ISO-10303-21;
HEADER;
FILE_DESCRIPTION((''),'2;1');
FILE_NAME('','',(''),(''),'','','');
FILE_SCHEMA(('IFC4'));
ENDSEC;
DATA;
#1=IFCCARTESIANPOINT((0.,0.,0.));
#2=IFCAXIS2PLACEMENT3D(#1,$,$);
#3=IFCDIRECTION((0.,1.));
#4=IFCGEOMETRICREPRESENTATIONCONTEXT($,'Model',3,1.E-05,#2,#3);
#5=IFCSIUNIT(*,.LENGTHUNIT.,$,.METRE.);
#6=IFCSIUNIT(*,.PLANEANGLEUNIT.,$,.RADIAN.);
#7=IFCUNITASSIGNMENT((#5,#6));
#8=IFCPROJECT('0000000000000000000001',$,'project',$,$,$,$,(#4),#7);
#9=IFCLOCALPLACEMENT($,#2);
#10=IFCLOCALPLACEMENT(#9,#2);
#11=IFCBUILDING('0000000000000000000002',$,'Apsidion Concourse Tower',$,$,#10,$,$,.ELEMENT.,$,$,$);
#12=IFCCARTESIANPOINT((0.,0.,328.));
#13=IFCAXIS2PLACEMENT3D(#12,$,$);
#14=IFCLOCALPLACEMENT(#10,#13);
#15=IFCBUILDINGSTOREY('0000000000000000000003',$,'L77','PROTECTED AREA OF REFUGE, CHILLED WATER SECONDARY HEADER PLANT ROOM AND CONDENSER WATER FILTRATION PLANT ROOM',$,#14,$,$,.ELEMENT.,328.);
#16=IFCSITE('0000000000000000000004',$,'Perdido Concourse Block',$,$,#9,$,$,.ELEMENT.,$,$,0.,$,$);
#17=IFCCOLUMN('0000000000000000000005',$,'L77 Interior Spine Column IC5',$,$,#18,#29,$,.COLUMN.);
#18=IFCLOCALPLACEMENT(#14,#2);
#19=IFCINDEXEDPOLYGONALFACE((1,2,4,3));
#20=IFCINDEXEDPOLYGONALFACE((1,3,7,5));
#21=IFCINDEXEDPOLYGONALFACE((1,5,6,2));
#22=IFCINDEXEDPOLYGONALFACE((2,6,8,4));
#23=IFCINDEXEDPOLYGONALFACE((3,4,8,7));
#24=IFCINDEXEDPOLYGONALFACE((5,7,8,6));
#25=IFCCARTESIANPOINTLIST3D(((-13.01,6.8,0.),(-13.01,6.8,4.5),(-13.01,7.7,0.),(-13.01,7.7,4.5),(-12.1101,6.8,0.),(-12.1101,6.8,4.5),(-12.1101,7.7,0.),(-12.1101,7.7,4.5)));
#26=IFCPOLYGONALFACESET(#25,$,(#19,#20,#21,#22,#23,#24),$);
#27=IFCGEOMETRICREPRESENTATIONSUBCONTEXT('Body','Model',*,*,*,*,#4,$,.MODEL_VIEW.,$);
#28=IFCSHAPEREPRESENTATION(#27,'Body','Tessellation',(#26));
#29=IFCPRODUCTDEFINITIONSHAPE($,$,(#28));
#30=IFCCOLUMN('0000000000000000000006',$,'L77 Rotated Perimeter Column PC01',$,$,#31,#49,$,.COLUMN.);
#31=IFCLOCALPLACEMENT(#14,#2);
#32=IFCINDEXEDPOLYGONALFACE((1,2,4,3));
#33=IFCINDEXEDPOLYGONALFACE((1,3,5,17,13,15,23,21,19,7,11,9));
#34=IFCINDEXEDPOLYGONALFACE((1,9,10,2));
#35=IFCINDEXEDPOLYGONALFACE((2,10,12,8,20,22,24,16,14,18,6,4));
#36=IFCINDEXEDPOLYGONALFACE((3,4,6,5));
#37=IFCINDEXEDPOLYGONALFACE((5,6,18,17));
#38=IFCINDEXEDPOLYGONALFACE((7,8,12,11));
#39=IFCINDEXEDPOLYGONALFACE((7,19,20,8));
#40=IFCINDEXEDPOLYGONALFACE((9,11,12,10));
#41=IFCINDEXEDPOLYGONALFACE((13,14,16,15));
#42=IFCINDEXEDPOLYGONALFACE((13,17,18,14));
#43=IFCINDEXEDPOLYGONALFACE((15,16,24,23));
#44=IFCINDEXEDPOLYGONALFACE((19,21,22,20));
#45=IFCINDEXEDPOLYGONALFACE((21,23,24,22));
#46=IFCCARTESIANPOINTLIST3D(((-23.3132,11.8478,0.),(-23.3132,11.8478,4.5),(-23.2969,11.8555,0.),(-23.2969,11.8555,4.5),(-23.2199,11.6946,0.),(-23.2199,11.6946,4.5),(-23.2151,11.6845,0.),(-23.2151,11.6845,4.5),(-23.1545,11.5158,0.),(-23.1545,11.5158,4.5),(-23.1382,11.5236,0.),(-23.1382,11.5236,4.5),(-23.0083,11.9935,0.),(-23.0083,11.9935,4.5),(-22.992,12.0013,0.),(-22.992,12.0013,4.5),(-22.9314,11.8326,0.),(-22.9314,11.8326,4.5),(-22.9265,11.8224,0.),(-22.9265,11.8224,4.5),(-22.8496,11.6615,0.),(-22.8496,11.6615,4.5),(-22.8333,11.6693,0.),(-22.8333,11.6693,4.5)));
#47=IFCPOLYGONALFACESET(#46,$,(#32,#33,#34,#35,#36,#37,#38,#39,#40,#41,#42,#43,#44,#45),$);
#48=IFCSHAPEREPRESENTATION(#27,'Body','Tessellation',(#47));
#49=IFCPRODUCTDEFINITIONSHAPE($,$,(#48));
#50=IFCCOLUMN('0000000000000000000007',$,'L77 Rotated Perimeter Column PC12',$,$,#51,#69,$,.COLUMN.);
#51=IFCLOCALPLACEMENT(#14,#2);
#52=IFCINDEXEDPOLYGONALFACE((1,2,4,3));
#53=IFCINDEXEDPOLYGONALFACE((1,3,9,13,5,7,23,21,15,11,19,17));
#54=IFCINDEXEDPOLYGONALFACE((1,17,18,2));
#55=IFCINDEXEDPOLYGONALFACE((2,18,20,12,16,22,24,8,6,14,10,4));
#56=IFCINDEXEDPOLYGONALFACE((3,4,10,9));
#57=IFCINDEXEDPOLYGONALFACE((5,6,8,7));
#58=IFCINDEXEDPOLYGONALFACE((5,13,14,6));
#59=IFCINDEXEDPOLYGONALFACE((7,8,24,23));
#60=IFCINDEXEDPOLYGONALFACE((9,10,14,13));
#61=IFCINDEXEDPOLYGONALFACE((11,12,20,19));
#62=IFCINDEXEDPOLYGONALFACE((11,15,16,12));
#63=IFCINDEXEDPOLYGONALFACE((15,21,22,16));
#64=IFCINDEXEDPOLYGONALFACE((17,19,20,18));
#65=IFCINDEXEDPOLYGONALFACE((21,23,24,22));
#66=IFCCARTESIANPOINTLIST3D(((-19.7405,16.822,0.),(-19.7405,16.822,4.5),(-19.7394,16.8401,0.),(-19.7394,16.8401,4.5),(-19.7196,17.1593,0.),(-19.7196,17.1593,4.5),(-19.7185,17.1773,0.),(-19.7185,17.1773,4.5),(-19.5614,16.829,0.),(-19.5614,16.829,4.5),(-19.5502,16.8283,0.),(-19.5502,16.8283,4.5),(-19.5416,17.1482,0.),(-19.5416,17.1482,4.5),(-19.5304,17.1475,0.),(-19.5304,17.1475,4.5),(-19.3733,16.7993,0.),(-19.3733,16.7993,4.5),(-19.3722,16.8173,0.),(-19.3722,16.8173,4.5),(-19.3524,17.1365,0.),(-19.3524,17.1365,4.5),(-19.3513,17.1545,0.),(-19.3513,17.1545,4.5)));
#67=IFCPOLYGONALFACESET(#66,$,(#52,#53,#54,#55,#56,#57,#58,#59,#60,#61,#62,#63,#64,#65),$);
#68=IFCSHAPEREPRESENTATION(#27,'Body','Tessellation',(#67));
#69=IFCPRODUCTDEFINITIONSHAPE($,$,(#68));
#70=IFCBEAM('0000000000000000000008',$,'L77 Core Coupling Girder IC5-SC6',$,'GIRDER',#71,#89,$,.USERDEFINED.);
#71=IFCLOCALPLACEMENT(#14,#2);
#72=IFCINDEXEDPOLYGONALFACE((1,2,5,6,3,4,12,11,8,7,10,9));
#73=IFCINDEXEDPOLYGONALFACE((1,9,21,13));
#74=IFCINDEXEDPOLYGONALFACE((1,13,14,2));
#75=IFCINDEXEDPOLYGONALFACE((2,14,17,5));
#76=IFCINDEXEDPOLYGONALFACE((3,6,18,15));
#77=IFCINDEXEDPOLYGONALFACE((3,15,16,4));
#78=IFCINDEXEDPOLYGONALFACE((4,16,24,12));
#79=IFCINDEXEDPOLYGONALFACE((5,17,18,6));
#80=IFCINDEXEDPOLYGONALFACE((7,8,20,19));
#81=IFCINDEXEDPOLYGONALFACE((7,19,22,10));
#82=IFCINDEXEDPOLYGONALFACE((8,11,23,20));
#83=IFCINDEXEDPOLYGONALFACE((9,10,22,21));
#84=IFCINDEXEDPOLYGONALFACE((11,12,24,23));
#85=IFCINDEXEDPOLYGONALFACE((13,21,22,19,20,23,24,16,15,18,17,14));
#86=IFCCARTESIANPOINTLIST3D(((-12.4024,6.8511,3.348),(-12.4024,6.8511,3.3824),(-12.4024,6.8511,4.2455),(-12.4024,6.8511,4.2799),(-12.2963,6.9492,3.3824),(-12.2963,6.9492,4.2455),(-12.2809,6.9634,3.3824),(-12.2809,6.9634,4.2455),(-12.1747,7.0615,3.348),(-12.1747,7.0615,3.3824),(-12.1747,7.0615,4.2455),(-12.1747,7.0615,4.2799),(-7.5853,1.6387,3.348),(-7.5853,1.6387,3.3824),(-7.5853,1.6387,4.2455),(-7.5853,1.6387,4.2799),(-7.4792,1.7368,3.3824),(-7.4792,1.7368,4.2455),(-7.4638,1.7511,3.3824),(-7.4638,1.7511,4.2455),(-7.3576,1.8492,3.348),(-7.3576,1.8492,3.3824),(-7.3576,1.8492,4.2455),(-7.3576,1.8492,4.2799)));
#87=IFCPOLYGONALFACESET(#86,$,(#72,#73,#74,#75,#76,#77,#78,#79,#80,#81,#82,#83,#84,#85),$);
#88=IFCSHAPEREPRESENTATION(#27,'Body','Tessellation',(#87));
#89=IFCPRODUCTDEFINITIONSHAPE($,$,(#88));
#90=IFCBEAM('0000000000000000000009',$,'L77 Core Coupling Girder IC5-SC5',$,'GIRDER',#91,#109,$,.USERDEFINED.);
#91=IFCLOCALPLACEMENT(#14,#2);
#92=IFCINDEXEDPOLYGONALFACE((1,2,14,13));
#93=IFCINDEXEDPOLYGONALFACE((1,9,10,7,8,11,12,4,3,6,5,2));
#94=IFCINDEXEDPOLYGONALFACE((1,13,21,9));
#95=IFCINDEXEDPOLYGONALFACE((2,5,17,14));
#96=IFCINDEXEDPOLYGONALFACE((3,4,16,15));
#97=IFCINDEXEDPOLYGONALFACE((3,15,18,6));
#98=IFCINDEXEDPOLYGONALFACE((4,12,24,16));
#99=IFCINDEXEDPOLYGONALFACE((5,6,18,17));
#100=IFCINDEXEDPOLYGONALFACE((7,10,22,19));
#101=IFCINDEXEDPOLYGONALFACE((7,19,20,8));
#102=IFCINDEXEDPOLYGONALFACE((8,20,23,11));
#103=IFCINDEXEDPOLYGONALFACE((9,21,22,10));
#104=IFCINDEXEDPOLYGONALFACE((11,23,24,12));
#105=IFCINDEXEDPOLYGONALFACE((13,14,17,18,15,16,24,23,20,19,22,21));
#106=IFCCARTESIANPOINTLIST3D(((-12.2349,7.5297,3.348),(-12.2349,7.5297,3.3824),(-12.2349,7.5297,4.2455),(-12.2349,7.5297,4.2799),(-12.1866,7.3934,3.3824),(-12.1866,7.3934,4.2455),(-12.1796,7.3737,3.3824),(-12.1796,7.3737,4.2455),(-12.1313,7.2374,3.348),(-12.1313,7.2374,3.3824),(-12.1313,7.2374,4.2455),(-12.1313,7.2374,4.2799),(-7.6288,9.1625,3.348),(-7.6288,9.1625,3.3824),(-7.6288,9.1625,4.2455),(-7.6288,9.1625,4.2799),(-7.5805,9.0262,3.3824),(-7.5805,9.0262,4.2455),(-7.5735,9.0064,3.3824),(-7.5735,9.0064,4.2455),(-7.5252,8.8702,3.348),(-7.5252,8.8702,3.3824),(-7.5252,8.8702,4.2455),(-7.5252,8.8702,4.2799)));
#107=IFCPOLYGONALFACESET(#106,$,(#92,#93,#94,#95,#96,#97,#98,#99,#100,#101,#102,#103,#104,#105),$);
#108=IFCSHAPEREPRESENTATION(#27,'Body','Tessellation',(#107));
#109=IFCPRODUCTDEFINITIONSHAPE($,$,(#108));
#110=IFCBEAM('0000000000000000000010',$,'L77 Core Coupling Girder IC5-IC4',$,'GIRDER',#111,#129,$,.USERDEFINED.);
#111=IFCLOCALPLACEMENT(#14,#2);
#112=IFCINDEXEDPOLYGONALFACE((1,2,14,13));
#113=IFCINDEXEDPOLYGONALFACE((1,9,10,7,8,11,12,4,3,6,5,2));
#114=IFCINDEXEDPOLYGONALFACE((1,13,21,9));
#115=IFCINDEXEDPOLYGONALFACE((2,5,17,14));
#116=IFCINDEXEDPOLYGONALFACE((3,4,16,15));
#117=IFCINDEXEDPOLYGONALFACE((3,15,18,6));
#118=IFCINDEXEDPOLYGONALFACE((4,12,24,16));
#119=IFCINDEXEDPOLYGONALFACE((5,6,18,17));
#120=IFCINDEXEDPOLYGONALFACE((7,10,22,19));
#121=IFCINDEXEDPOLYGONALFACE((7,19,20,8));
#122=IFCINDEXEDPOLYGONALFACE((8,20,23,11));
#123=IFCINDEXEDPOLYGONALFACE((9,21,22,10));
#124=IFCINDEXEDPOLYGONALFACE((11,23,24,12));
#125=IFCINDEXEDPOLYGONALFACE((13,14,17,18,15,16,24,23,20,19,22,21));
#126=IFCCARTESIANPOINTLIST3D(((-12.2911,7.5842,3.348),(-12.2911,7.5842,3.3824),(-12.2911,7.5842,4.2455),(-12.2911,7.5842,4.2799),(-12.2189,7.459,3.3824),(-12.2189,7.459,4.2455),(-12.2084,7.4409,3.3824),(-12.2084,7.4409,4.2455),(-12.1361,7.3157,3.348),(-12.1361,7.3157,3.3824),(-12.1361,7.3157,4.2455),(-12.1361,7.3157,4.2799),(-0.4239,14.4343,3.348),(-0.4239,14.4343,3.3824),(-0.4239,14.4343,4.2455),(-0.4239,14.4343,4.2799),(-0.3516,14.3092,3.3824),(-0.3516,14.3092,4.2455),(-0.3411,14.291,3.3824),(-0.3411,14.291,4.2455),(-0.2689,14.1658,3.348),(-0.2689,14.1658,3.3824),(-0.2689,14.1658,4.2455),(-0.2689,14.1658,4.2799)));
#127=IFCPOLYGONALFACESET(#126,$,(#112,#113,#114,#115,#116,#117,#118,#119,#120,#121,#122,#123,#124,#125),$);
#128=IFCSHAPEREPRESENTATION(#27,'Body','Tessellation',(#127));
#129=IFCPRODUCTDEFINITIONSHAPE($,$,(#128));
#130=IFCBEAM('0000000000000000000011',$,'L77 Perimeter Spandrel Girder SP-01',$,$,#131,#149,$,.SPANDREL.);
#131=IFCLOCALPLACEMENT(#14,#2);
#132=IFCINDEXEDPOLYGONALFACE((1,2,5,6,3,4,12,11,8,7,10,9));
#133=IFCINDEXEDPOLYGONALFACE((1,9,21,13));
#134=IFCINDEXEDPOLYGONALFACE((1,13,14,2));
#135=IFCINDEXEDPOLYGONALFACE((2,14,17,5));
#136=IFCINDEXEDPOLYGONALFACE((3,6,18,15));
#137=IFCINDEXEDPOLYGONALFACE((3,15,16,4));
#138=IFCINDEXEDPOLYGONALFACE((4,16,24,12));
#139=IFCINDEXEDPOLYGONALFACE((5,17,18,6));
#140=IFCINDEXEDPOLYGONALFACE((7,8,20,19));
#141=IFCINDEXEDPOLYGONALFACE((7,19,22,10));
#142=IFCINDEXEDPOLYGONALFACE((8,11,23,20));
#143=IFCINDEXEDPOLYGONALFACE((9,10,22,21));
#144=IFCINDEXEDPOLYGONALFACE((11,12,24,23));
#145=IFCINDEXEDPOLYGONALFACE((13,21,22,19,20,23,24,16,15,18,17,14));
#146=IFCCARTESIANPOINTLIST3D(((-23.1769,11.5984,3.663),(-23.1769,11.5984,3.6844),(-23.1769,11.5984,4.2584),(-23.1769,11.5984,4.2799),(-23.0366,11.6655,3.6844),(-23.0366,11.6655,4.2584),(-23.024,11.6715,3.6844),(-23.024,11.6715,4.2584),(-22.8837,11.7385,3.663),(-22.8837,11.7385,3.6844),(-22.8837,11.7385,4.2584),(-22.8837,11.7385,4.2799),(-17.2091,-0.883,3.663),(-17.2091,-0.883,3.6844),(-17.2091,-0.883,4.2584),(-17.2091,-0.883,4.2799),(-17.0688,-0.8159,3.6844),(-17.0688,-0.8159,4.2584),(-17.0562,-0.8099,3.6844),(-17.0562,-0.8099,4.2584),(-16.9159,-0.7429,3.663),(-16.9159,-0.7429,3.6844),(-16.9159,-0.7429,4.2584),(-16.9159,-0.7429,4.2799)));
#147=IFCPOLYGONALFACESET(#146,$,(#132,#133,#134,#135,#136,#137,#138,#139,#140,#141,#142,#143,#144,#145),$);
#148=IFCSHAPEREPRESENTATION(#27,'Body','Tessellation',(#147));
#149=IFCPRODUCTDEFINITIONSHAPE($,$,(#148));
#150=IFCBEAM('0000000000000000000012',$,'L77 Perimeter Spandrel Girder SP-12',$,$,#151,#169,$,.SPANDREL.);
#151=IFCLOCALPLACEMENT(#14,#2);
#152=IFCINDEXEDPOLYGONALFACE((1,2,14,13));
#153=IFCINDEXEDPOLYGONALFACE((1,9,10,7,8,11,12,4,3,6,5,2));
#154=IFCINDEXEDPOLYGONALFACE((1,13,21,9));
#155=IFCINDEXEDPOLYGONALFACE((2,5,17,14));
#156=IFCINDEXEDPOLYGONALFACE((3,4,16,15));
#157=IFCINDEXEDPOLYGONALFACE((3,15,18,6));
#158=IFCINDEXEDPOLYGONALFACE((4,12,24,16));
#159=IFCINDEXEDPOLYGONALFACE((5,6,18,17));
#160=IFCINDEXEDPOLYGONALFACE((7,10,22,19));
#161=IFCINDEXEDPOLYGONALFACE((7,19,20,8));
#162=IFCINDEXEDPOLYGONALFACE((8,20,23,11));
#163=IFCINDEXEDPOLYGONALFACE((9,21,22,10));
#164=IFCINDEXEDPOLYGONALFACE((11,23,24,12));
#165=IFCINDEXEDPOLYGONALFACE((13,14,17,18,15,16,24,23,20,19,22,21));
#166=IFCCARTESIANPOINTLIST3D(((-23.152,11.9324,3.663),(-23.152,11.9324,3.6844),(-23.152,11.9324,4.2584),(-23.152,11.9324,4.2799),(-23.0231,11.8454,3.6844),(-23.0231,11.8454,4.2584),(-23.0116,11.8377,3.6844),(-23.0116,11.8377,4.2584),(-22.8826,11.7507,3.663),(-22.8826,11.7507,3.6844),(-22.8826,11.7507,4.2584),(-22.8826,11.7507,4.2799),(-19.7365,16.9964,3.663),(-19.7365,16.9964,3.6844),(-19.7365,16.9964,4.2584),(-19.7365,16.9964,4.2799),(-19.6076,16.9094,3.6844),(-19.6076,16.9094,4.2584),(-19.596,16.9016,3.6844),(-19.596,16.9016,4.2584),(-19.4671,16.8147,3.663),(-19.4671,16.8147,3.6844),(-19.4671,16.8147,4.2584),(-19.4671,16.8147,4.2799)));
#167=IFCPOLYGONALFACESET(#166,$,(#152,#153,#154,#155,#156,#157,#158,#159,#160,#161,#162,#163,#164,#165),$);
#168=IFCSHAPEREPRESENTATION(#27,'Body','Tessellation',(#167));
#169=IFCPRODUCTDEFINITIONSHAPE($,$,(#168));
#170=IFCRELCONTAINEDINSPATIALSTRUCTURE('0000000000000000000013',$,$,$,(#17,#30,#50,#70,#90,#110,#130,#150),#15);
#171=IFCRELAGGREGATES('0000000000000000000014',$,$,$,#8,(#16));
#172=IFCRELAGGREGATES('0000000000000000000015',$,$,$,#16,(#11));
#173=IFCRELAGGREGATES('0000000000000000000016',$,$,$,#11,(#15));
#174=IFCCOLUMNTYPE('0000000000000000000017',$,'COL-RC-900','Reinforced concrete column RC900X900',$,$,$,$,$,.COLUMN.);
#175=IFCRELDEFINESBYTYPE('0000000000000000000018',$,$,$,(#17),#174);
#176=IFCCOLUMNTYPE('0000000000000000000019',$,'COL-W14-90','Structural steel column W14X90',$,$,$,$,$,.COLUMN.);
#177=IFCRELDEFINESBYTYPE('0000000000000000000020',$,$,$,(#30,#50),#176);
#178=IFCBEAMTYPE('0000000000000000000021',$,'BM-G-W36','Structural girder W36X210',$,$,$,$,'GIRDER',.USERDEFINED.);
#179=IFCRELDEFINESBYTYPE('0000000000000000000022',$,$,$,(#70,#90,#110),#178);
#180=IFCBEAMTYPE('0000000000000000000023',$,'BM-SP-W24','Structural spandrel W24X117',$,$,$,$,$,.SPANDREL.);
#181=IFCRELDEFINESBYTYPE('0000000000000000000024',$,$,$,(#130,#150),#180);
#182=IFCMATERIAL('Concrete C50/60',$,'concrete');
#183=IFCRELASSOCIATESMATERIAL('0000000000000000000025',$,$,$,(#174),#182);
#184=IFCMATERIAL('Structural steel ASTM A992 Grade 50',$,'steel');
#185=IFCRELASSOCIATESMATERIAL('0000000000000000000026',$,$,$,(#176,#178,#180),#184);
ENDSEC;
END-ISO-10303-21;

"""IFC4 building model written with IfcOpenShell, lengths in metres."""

from ifc_helpers import new_model, si_unit, direction, frame, origin, origin_2d, place, context, subcontext, project, spatial, rectangle, i_section, extrude, material, material_profile, profile_set, type_object, element, save


model = new_model("IFC4")

# Units and contexts
model_context = context("Model", 3, precision=1e-05, world=origin(), true_north=direction((0.0, 1.0)))
body_context = subcontext(model_context, "Body", "Model", "MODEL_VIEW")
ifc_project = project(units=[si_unit("LENGTHUNIT", "METRE"), si_unit("PLANEANGLEUNIT", "RADIAN")], contexts=[model_context])

# Site, building, storey
site_placement = place(None, origin())
site = spatial("IfcSite", under=ifc_project, at=site_placement, Name="Perdido Concourse Block", CompositionType="ELEMENT", RefElevation=0.0)
building_placement = place(site_placement, origin())
building = spatial("IfcBuilding", under=site, at=building_placement, Name="Apsidion Concourse Tower", CompositionType="ELEMENT")
storey_placement = place(building_placement, frame((0.0, 0.0, 328.0)))
storey = spatial("IfcBuildingStorey", under=building, at=storey_placement, Name="L77", Description="PROTECTED AREA OF REFUGE, CHILLED WATER SECONDARY HEADER PLANT ROOM AND CONDENSER WATER FILTRATION PLANT ROOM", CompositionType="ELEMENT", Elevation=328.0)

# Columns
ifc_material_1 = material(Name="Concrete C50/60", Category="concrete")
ifc_material_profile_1 = material_profile(ifc_material_1, rectangle(XDim=0.8999, YDim=0.8999, at=origin_2d()), Name="RC 900x900")
ifc_profile_set_1 = profile_set([ifc_material_profile_1], Name="Concrete C50/60")
column_type_1 = type_object("IfcColumnType", Name="COL-RC-900", Description="Reinforced concrete column RC900X900", PredefinedType="COLUMN", material=ifc_profile_set_1)
column_placement = place(storey_placement, frame((-12.5601, 7.25, 0.0), z_axis=(0.0, 0.0, 1.0), x_axis=(1.0, 0.0, 0.0)))
element("IfcColumn", 1, at=column_placement, inside=storey, type_object=column_type_1, Name="L77 Interior Spine Column IC5", PredefinedType="COLUMN", context=body_context, shape_type="SweptSolid", body=[
    extrude(rectangle(XDim=0.8999, YDim=0.8999, at=origin_2d()), origin(), (0.0, 0.0, 1.0), 4.5),
])
ifc_material_2 = material(Name="Structural steel ASTM A992 Grade 50", Category="steel")
ifc_material_profile_2 = material_profile(ifc_material_2, i_section(OverallWidth=0.3679, OverallDepth=0.356, WebThickness=0.0112, FlangeThickness=0.0181, at=origin_2d()), Name="W14X90")
ifc_profile_set_2 = profile_set([ifc_material_profile_2], Name="Structural steel ASTM A992 Grade 50")
column_type_2 = type_object("IfcColumnType", Name="COL-W14-90", Description="Structural steel column W14X90", PredefinedType="COLUMN", material=ifc_profile_set_2)
for number, where, z_axis, x_axis, name in (
    (2, (-23.0732, 11.7585, 0.0), (0.0, 0.0, 1.0), (-0.431299, 0.902209, 0.0), "L77 Rotated Perimeter Column PC01"),
    (3, (-19.5459, 16.9883, 0.0), (0.0, 0.0, 1.0), (-0.998081, 0.06192, 0.0), "L77 Rotated Perimeter Column PC12"),
):
    element("IfcColumn", number, at=place(storey_placement, frame(where, z_axis=z_axis, x_axis=x_axis)), inside=storey, type_object=column_type_2, Name=name, PredefinedType="COLUMN", context=body_context, shape_type="SweptSolid", body=[
        extrude(i_section(OverallWidth=0.3679, OverallDepth=0.356, WebThickness=0.0112, FlangeThickness=0.0181, at=origin_2d()), origin(), (0.0, 0.0, 1.0), 4.5),
    ])

# Beams
ifc_material_profile_3 = material_profile(ifc_material_2, i_section(OverallWidth=0.3101, OverallDepth=0.9319, WebThickness=0.021, FlangeThickness=0.0344, at=origin_2d()), Name="W36X210")
ifc_profile_set_3 = profile_set([ifc_material_profile_3], Name="Structural steel ASTM A992 Grade 50")
beam_type_1 = type_object("IfcBeamType", Name="BM-G-W36", Description="Structural girder W36X210", ElementType="GIRDER", PredefinedType="USERDEFINED", material=ifc_profile_set_3)
beam_1_placement = place(storey_placement, frame((-12.2886, 6.9563, 3.814), z_axis=(0.678713, -0.734404, 0.0), x_axis=(0.734404, 0.678713, 0.0)))
element("IfcBeam", 4, at=beam_1_placement, inside=storey, type_object=beam_type_1, Name="L77 Core Coupling Girder IC5-SC6", ObjectType="GIRDER", PredefinedType="USERDEFINED", context=body_context, shape_type="SweptSolid", body=[
    extrude(i_section(OverallWidth=0.3101, OverallDepth=0.9319, WebThickness=0.021, FlangeThickness=0.0344, at=origin_2d()), origin(), (0.0, 0.0, 1.0), 7.0974),
])
beam_2_placement = place(storey_placement, frame((-12.1831, 7.3835, 3.814), z_axis=(0.942534, 0.334111, 0.0), x_axis=(-0.334111, 0.942534, 0.0)))
element("IfcBeam", 5, at=beam_2_placement, inside=storey, type_object=beam_type_1, Name="L77 Core Coupling Girder IC5-SC5", ObjectType="GIRDER", PredefinedType="USERDEFINED", context=body_context, shape_type="SweptSolid", body=[
    extrude(i_section(OverallWidth=0.3101, OverallDepth=0.9319, WebThickness=0.021, FlangeThickness=0.0344, at=origin_2d()), origin(), (0.0, 0.0, 1.0), 4.887),
])
beam_3_placement = place(storey_placement, frame((-12.2136, 7.45, 3.814), z_axis=(0.86607, 0.499922, 0.0), x_axis=(-0.499922, 0.86607, 0.0)))
element("IfcBeam", 6, at=beam_3_placement, inside=storey, type_object=beam_type_1, Name="L77 Core Coupling Girder IC5-IC4", ObjectType="GIRDER", PredefinedType="USERDEFINED", context=body_context, shape_type="SweptSolid", body=[
    extrude(i_section(OverallWidth=0.3101, OverallDepth=0.9319, WebThickness=0.021, FlangeThickness=0.0344, at=origin_2d()), origin(), (0.0, 0.0, 1.0), 13.7024),
])
ifc_material_profile_4 = material_profile(ifc_material_2, i_section(OverallWidth=0.325, OverallDepth=0.6169, WebThickness=0.0139, FlangeThickness=0.0215, at=origin_2d()), Name="W24X117")
ifc_profile_set_4 = profile_set([ifc_material_profile_4], Name="Structural steel ASTM A992 Grade 50")
beam_type_2 = type_object("IfcBeamType", Name="BM-SP-W24", Description="Structural spandrel W24X117", PredefinedType="SPANDREL", material=ifc_profile_set_4)
beam_4_placement = place(storey_placement, frame((-23.0303, 11.6685, 3.9714), z_axis=(0.431361, -0.90218, 0.0), x_axis=(0.90218, 0.431361, 0.0)))
element("IfcBeam", 7, at=beam_4_placement, inside=storey, type_object=beam_type_2, Name="L77 Perimeter Spandrel Girder SP-01", PredefinedType="SPANDREL", context=body_context, shape_type="SweptSolid", body=[
    extrude(i_section(OverallWidth=0.325, OverallDepth=0.6169, WebThickness=0.0139, FlangeThickness=0.0215, at=origin_2d()), origin(), (0.0, 0.0, 1.0), 13.8347),
])
beam_5_placement = place(storey_placement, frame((-19.6018, 16.9055, 3.9714), z_axis=(-0.559175, -0.82905, 0.0), x_axis=(0.82905, -0.559175, 0.0)))
element("IfcBeam", 8, at=beam_5_placement, inside=storey, type_object=beam_type_2, Name="L77 Perimeter Spandrel Girder SP-12", PredefinedType="SPANDREL", context=body_context, shape_type="SweptSolid", body=[
    extrude(i_section(OverallWidth=0.325, OverallDepth=0.6169, WebThickness=0.0139, FlangeThickness=0.0215, at=origin_2d()), origin(), (0.0, 0.0, 1.0), 6.1082),
])

save(model, "model.ifc")
